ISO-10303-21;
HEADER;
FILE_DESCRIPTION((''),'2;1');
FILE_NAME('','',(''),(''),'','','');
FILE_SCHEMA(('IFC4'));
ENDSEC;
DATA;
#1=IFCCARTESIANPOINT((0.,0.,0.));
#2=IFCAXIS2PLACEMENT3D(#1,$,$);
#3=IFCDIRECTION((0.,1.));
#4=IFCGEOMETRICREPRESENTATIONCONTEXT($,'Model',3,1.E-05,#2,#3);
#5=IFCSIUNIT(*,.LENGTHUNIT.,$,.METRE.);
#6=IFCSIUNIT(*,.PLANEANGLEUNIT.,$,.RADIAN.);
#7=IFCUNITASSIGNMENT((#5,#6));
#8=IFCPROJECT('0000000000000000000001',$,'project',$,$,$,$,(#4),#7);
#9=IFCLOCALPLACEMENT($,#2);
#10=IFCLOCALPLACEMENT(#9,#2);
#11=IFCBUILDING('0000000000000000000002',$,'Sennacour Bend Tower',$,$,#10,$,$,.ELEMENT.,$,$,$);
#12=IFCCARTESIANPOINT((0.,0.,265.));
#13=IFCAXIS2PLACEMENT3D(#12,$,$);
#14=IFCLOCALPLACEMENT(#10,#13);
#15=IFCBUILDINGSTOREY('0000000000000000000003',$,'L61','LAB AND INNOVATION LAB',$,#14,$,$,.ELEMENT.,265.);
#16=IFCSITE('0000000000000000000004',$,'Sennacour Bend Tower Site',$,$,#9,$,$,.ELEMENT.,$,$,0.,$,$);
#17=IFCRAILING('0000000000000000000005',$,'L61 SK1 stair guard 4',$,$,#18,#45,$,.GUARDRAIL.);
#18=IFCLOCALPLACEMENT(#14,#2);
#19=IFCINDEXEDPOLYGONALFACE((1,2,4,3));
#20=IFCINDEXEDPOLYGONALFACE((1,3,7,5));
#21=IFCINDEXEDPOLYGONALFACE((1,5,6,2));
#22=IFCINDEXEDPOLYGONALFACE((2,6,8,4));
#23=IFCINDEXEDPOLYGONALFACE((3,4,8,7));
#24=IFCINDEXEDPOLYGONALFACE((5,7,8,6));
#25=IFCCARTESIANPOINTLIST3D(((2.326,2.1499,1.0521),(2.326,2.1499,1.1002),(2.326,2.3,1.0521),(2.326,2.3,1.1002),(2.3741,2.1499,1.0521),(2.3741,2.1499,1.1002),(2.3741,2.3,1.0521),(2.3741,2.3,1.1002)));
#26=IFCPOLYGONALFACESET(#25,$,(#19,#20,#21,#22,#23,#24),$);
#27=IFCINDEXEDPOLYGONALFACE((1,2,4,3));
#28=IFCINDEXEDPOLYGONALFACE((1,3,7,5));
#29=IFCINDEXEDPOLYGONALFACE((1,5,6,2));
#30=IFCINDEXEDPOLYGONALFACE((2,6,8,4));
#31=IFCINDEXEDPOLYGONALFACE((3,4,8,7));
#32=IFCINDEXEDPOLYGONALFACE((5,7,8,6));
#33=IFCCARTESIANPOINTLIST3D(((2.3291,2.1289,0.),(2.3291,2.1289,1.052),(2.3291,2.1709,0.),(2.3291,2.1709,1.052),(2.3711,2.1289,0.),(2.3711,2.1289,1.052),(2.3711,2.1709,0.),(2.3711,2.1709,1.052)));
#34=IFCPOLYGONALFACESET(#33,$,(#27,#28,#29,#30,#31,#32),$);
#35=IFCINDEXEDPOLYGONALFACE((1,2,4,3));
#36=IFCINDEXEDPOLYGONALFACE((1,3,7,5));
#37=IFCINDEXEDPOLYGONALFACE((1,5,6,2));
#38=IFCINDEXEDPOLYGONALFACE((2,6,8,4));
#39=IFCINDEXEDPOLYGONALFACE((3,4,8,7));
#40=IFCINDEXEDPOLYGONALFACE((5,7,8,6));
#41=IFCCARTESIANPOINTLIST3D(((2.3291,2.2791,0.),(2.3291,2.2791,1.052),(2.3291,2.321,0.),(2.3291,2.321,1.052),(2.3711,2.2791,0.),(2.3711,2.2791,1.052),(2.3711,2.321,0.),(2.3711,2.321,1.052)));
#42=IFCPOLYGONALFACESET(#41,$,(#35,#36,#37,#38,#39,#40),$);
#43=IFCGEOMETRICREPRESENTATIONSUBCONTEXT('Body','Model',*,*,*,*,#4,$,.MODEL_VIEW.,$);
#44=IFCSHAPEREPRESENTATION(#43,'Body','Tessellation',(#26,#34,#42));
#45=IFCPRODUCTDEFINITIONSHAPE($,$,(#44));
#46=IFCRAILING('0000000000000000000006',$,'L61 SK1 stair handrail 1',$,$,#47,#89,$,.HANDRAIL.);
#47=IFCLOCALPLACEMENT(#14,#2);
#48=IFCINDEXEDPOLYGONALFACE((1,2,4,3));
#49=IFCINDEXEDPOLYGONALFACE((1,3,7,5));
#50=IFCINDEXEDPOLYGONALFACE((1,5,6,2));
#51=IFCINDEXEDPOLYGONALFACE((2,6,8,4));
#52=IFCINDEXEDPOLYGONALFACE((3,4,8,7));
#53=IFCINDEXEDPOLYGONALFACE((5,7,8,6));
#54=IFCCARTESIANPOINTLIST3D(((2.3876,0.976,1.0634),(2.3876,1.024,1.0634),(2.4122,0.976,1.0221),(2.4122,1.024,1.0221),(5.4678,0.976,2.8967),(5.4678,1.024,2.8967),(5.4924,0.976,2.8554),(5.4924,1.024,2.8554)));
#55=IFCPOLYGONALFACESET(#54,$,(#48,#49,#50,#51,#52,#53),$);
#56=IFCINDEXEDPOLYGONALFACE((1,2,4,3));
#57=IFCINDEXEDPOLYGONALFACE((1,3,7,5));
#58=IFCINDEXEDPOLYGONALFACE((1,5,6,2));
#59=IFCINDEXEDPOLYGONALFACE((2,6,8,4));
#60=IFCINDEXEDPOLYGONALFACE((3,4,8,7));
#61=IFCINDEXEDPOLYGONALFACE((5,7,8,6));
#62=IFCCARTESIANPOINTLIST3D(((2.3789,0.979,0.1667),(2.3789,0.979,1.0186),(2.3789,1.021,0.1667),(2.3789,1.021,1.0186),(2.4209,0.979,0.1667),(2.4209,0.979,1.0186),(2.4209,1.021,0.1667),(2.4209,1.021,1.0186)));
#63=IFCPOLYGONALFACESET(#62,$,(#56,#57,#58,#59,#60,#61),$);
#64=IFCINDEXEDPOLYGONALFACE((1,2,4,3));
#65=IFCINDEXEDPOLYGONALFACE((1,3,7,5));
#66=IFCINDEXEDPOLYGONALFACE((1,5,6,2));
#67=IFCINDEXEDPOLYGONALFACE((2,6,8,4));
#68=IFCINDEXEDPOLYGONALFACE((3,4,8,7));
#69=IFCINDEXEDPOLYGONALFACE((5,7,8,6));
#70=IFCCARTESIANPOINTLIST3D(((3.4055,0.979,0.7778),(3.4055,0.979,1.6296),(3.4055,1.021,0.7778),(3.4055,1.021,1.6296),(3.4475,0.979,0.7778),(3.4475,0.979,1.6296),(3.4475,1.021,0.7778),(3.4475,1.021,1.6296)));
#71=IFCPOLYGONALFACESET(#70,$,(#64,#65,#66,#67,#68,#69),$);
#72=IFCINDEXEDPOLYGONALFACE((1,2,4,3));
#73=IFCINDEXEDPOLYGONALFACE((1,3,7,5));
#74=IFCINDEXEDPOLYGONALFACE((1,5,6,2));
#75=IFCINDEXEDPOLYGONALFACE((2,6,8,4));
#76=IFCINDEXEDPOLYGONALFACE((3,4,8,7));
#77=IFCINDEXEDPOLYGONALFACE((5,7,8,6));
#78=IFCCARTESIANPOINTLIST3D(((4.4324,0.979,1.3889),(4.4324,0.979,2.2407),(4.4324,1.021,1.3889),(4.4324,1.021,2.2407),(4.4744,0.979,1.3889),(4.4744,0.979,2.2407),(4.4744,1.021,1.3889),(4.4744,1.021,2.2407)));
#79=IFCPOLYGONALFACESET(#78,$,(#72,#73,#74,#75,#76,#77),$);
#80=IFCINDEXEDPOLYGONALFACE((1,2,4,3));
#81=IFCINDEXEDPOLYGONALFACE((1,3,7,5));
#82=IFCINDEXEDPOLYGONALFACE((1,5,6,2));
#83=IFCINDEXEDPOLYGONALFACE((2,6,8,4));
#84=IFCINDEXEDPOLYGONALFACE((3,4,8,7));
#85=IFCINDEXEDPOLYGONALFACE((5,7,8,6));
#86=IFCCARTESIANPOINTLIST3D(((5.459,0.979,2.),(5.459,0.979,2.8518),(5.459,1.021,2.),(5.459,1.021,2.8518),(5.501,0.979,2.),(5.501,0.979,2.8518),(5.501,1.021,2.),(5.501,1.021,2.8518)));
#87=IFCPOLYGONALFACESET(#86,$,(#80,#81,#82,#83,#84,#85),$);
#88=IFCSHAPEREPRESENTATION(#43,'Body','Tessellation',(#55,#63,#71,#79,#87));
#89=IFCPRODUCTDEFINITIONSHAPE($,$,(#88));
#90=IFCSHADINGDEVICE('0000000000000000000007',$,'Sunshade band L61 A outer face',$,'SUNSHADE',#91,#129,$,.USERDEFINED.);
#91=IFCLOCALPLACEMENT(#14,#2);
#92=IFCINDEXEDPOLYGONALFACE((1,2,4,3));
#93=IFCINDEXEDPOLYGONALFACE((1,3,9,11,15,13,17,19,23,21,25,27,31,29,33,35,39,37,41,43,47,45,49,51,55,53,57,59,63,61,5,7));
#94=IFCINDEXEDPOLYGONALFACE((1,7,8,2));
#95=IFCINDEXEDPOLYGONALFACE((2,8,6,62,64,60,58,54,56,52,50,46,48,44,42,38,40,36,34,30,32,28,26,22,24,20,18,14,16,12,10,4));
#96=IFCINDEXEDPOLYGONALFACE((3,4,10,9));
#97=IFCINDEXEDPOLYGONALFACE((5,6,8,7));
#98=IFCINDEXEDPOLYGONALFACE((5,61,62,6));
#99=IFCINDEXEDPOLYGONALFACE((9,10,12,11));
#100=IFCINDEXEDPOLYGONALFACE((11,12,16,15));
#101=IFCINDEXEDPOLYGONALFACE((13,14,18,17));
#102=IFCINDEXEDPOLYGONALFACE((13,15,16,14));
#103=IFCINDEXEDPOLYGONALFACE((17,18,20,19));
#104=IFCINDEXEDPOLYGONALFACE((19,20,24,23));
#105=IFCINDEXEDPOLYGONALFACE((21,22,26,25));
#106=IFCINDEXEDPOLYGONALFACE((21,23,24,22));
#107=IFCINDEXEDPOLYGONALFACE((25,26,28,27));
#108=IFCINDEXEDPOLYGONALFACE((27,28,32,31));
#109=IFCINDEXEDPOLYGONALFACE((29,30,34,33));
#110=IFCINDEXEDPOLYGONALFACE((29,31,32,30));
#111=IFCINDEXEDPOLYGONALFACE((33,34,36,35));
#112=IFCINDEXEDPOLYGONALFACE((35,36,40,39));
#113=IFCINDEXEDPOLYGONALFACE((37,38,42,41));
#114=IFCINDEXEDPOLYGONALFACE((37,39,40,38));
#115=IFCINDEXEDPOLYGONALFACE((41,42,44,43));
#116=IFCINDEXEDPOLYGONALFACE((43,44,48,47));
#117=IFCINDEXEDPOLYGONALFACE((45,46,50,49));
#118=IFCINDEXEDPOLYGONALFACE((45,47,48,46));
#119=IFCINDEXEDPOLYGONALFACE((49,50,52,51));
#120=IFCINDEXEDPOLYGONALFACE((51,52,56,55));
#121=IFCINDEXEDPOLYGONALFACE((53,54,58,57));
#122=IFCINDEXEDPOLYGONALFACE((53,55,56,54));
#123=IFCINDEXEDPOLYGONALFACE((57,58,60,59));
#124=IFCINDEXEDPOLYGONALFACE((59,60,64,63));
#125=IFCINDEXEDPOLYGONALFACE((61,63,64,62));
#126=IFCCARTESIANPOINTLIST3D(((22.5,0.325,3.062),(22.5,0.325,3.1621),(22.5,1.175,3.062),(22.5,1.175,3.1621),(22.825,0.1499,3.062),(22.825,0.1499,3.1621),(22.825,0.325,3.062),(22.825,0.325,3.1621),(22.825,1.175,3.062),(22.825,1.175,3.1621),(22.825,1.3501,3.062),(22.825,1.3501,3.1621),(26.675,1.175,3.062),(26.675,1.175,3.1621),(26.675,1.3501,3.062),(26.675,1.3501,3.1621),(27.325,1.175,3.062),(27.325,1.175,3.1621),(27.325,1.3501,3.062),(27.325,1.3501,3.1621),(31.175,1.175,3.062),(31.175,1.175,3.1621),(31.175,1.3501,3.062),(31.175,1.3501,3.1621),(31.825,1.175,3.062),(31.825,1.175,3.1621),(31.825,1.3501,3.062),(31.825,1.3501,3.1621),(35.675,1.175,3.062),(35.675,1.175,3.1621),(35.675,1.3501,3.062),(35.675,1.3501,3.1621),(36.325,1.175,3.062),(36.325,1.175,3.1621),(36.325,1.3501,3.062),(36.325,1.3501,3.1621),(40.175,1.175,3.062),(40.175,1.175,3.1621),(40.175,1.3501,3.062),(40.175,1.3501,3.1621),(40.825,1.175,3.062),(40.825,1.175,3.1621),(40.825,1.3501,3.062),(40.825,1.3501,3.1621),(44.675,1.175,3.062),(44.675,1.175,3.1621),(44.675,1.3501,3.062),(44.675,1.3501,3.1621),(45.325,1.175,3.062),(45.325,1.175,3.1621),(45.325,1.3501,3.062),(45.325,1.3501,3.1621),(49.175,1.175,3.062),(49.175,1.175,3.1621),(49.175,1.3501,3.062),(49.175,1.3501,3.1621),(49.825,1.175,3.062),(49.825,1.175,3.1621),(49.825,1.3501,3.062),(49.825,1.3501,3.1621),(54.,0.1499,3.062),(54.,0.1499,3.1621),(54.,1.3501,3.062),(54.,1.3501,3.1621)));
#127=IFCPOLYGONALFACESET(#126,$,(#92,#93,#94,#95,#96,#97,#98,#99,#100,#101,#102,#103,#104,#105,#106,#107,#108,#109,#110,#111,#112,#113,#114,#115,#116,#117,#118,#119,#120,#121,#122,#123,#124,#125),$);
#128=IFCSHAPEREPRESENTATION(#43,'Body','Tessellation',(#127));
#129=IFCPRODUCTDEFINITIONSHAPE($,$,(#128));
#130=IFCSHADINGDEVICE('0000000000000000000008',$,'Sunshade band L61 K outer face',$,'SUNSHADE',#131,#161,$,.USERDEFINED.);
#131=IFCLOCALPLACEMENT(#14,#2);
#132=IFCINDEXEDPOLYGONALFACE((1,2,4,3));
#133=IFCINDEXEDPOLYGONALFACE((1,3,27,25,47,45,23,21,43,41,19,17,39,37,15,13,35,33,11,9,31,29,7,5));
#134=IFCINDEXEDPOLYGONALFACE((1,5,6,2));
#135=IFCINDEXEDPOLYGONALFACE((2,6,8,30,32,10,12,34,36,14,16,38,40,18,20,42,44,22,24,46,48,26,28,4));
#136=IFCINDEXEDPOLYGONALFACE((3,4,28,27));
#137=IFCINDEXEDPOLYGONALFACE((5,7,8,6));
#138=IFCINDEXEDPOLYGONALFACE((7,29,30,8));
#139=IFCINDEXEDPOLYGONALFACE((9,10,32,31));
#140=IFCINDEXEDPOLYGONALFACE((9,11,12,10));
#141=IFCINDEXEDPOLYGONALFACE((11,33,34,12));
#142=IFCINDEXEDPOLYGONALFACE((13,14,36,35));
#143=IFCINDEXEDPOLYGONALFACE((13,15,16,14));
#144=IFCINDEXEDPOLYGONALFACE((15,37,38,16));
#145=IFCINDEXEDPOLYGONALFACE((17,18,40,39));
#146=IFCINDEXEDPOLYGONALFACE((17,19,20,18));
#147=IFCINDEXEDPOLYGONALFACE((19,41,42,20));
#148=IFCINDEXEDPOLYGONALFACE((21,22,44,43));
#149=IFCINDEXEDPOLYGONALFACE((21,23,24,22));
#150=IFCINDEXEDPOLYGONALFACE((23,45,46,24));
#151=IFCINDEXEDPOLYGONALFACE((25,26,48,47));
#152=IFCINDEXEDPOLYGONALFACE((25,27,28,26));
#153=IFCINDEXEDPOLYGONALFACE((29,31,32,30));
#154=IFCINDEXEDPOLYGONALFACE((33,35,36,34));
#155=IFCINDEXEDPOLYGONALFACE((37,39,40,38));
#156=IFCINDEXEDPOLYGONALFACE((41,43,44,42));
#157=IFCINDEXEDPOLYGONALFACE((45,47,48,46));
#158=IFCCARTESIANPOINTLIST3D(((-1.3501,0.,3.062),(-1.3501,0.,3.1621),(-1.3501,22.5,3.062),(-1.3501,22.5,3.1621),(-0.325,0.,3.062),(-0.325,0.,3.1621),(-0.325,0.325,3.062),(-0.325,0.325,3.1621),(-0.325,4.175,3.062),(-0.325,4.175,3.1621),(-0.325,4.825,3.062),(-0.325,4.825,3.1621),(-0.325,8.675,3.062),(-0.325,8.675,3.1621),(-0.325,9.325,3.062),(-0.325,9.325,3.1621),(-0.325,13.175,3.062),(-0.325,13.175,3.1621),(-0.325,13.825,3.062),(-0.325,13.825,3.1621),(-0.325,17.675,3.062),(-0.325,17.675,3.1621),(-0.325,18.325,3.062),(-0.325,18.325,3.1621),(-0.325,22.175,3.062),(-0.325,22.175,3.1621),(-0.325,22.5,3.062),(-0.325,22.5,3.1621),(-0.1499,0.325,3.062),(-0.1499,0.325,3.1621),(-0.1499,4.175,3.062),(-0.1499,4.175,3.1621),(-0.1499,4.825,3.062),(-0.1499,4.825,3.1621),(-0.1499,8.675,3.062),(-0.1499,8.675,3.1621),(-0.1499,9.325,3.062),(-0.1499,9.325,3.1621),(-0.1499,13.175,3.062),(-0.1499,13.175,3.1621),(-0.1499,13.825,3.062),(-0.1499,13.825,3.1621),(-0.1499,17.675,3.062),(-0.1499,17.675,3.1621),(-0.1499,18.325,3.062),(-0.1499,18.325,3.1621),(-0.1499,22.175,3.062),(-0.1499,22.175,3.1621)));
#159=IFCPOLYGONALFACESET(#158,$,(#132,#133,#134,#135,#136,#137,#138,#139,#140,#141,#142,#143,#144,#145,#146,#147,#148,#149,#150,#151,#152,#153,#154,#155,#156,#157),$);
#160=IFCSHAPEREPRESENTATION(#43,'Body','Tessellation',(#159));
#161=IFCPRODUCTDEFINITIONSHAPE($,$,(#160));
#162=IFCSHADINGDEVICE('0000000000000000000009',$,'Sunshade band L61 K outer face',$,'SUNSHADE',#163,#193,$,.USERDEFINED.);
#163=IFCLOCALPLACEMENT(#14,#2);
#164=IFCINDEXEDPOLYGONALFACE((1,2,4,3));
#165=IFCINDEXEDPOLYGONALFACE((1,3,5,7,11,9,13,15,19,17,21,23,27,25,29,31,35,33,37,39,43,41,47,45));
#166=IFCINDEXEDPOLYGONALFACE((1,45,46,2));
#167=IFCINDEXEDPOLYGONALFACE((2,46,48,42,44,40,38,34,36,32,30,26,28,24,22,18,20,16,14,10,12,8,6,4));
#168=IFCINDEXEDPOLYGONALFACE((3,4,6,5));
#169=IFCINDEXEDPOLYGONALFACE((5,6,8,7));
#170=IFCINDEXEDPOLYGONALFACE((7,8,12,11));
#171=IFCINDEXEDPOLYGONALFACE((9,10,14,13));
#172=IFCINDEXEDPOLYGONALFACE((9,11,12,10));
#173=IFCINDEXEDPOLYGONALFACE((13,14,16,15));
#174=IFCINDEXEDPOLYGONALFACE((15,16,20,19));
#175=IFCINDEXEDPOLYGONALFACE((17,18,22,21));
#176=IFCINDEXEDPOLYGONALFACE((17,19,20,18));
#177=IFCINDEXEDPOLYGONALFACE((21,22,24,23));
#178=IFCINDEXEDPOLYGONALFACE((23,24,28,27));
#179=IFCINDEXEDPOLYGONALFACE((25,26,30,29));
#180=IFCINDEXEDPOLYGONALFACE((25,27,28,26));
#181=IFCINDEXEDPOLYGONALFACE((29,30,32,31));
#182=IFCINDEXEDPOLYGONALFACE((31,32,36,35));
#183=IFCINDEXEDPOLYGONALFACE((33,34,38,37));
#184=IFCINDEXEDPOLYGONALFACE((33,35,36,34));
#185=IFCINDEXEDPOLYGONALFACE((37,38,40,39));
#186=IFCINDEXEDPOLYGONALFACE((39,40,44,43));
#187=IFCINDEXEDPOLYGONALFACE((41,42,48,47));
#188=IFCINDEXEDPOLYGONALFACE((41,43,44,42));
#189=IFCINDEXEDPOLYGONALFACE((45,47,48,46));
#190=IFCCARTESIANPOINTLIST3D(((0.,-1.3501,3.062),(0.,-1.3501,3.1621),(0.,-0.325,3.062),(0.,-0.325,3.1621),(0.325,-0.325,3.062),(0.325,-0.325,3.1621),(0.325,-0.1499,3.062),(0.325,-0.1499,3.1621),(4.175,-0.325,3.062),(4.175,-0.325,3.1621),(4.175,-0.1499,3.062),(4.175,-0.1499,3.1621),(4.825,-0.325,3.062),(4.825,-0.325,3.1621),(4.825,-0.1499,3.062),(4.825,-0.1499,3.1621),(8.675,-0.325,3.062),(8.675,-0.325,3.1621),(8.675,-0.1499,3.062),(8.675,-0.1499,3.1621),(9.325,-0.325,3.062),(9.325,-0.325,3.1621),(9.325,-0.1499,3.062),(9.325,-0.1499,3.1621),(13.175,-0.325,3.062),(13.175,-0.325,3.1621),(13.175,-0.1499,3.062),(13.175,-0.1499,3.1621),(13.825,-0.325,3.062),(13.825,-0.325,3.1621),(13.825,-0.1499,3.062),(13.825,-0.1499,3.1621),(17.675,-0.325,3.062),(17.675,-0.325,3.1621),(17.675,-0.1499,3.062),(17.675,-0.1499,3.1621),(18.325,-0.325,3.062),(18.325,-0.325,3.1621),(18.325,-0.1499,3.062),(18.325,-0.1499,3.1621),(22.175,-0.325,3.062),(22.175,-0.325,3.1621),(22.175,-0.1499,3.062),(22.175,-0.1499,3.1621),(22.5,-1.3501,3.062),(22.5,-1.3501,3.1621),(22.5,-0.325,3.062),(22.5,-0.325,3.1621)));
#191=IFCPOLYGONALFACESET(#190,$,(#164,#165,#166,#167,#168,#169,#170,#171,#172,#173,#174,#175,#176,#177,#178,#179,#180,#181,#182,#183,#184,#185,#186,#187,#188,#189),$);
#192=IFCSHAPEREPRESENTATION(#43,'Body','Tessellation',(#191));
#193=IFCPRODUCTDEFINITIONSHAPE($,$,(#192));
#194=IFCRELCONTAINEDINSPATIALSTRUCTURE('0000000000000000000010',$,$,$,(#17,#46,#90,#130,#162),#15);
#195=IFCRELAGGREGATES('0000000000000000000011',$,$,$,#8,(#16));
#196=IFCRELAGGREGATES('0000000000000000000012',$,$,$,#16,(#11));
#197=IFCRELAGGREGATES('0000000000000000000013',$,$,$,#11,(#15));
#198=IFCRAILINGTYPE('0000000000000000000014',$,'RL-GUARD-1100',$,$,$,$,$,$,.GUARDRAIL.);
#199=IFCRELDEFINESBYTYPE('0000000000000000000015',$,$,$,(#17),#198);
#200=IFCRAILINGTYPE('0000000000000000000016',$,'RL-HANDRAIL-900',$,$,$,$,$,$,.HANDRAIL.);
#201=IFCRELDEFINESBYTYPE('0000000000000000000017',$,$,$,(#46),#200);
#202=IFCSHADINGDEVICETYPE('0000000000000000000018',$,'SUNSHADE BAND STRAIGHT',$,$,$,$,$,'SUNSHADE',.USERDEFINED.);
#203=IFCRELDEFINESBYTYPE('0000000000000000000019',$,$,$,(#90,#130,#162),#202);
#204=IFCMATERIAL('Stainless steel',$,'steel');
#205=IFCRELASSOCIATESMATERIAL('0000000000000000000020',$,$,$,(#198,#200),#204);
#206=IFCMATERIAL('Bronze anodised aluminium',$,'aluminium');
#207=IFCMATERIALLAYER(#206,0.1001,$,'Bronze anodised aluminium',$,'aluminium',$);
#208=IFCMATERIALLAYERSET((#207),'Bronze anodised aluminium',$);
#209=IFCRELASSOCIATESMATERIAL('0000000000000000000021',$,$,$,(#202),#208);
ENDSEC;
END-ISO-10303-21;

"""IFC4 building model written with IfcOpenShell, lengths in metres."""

from ifc_helpers import new_model, si_unit, direction, frame, origin, origin_2d, place, context, subcontext, project, spatial, polyline, rectangle, outline, extrude, material, layer, layer_set, type_object, element, save


model = new_model("IFC4")

# Units and contexts
model_context = context("Model", 3, precision=1e-05, world=origin(), true_north=direction((0.0, 1.0)))
body_context = subcontext(model_context, "Body", "Model", "MODEL_VIEW")
ifc_project = project(units=[si_unit("LENGTHUNIT", "METRE"), si_unit("PLANEANGLEUNIT", "RADIAN")], contexts=[model_context])

# Site, building, storey
site_placement = place(None, origin())
site = spatial("IfcSite", under=ifc_project, at=site_placement, Name="Sennacour Bend Tower Site", CompositionType="ELEMENT", RefElevation=0.0)
building_placement = place(site_placement, origin())
building = spatial("IfcBuilding", under=site, at=building_placement, Name="Sennacour Bend Tower", CompositionType="ELEMENT")
storey_placement = place(building_placement, frame((0.0, 0.0, 265.0)))
storey = spatial("IfcBuildingStorey", under=building, at=storey_placement, Name="L61", Description="LAB AND INNOVATION LAB", CompositionType="ELEMENT", Elevation=265.0)

# Railings
ifc_material_1 = material(Name="Stainless steel", Category="steel")
railing_type_1 = type_object("IfcRailingType", Name="RL-GUARD-1100", PredefinedType="GUARDRAIL", material=ifc_material_1)
railing_1_placement = place(storey_placement, frame((2.3501, 2.1499, 0.0)))
element("IfcRailing", 1, at=railing_1_placement, inside=storey, type_object=railing_type_1, Name="L61 SK1 stair guard 4", PredefinedType="GUARDRAIL", context=body_context, shape_type="SweptSolid", body=[
    extrude(rectangle(XDim=0.0481, YDim=0.0481, at=origin_2d()), frame((0.0, 0.0, 1.0762), z_axis=(0.0, 1.0, 0.0), x_axis=(-1.0, 0.0, 0.0)), (0.0, 0.0, 1.0), 0.1501),
    extrude(rectangle(XDim=0.042, YDim=0.042, at=origin_2d()), origin(), (0.0, 0.0, 1.0), 1.052),
    extrude(rectangle(XDim=0.042, YDim=0.042, at=origin_2d()), frame((0.0, 0.1501, 0.0)), (0.0, 0.0, 1.0), 1.052),
])
railing_type_2 = type_object("IfcRailingType", Name="RL-HANDRAIL-900", PredefinedType="HANDRAIL", material=ifc_material_1)
railing_2_placement = place(storey_placement, frame((2.3999, 1.0, 0.1667)))
element("IfcRailing", 2, at=railing_2_placement, inside=storey, type_object=railing_type_2, Name="L61 SK1 stair handrail 1", PredefinedType="HANDRAIL", context=body_context, shape_type="SweptSolid", body=[
    extrude(rectangle(XDim=0.0481, YDim=0.0481, at=origin_2d()), frame((0.0, 0.0, 0.876), z_axis=(0.859309, 0.0, 0.511458), x_axis=(0.0, 1.0, 0.0)), (0.0, 0.0, 1.0), 3.5845),
    extrude(rectangle(XDim=0.042, YDim=0.042, at=origin_2d()), origin(), (0.0, 0.0, 1.0), 0.8518),
    extrude(rectangle(XDim=0.042, YDim=0.042, at=origin_2d()), frame((1.0266, 0.0, 0.6111)), (0.0, 0.0, 1.0), 0.8518),
    extrude(rectangle(XDim=0.042, YDim=0.042, at=origin_2d()), frame((2.0535, 0.0, 1.2222)), (0.0, 0.0, 1.0), 0.8518),
    extrude(rectangle(XDim=0.042, YDim=0.042, at=origin_2d()), frame((3.0801, 0.0, 1.8333)), (0.0, 0.0, 1.0), 0.8518),
])

# Shading devices
ifc_material_2 = material(Name="Bronze anodised aluminium", Category="aluminium")
ifc_layer_1 = layer(ifc_material_2, 0.1001, Name="Bronze anodised aluminium", Category="aluminium")
ifc_layer_set_1 = layer_set([ifc_layer_1], Name="Bronze anodised aluminium")
shading_device_type_1 = type_object("IfcShadingDeviceType", Name="SUNSHADE BAND STRAIGHT", ElementType="SUNSHADE", PredefinedType="USERDEFINED", material=ifc_layer_set_1)
shading_device_1_placement = place(storey_placement, frame((0.0, 0.0, 3.062)))
element("IfcShadingDevice", 3, at=shading_device_1_placement, inside=storey, type_object=shading_device_type_1, Name="Sunshade band L61 A outer face", ObjectType="SUNSHADE", PredefinedType="USERDEFINED", context=body_context, shape_type="SweptSolid", body=[
    extrude(outline(polyline([(26.675, 1.3501), (26.675, 1.175), (27.325, 1.175), (27.325, 1.3501), (31.175, 1.3501), (31.175, 1.175), (31.825, 1.175), (31.825, 1.3501), (35.675, 1.3501), (35.675, 1.175), (36.325, 1.175), (36.325, 1.3501), (40.175, 1.3501), (40.175, 1.175), (40.825, 1.175), (40.825, 1.3501), (44.675, 1.3501), (44.675, 1.175), (45.325, 1.175), (45.325, 1.3501), (49.175, 1.3501), (49.175, 1.175), (49.825, 1.175), (49.825, 1.3501), (54.0, 1.3501), (54.0, 0.1499), (22.825, 0.1499), (22.825, 0.325), (22.5, 0.325), (22.5, 1.175), (22.825, 1.175), (22.825, 1.3501), (26.675, 1.3501)])), origin(), (0.0, 0.0, 1.0), 0.1001),
])
shading_device_2_placement = place(storey_placement, frame((0.0, 0.0, 3.062)))
element("IfcShadingDevice", 4, at=shading_device_2_placement, inside=storey, type_object=shading_device_type_1, Name="Sunshade band L61 K outer face", ObjectType="SUNSHADE", PredefinedType="USERDEFINED", context=body_context, shape_type="SweptSolid", body=[
    extrude(outline(polyline([(-0.1499, 18.325), (-0.325, 18.325), (-0.325, 17.675), (-0.1499, 17.675), (-0.1499, 13.825), (-0.325, 13.825), (-0.325, 13.175), (-0.1499, 13.175), (-0.1499, 9.325), (-0.325, 9.325), (-0.325, 8.675), (-0.1499, 8.675), (-0.1499, 4.825), (-0.325, 4.825), (-0.325, 4.175), (-0.1499, 4.175), (-0.1499, 0.325), (-0.325, 0.325), (-0.325, 0.0), (-1.3501, 0.0), (-1.3501, 22.5), (-0.325, 22.5), (-0.325, 22.175), (-0.1499, 22.175), (-0.1499, 18.325)])), origin(), (0.0, 0.0, 1.0), 0.1001),
])
shading_device_3_placement = place(storey_placement, frame((0.0, 0.0, 3.062)))
element("IfcShadingDevice", 5, at=shading_device_3_placement, inside=storey, type_object=shading_device_type_1, Name="Sunshade band L61 K outer face", ObjectType="SUNSHADE", PredefinedType="USERDEFINED", context=body_context, shape_type="SweptSolid", body=[
    extrude(outline(polyline([(4.175, -0.1499), (4.175, -0.325), (4.825, -0.325), (4.825, -0.1499), (8.675, -0.1499), (8.675, -0.325), (9.325, -0.325), (9.325, -0.1499), (13.175, -0.1499), (13.175, -0.325), (13.825, -0.325), (13.825, -0.1499), (17.675, -0.1499), (17.675, -0.325), (18.325, -0.325), (18.325, -0.1499), (22.175, -0.1499), (22.175, -0.325), (22.5, -0.325), (22.5, -1.3501), (0.0, -1.3501), (0.0, -0.325), (0.325, -0.325), (0.325, -0.1499), (4.175, -0.1499)])), origin(), (0.0, 0.0, 1.0), 0.1001),
])

save(model, "model.ifc")
